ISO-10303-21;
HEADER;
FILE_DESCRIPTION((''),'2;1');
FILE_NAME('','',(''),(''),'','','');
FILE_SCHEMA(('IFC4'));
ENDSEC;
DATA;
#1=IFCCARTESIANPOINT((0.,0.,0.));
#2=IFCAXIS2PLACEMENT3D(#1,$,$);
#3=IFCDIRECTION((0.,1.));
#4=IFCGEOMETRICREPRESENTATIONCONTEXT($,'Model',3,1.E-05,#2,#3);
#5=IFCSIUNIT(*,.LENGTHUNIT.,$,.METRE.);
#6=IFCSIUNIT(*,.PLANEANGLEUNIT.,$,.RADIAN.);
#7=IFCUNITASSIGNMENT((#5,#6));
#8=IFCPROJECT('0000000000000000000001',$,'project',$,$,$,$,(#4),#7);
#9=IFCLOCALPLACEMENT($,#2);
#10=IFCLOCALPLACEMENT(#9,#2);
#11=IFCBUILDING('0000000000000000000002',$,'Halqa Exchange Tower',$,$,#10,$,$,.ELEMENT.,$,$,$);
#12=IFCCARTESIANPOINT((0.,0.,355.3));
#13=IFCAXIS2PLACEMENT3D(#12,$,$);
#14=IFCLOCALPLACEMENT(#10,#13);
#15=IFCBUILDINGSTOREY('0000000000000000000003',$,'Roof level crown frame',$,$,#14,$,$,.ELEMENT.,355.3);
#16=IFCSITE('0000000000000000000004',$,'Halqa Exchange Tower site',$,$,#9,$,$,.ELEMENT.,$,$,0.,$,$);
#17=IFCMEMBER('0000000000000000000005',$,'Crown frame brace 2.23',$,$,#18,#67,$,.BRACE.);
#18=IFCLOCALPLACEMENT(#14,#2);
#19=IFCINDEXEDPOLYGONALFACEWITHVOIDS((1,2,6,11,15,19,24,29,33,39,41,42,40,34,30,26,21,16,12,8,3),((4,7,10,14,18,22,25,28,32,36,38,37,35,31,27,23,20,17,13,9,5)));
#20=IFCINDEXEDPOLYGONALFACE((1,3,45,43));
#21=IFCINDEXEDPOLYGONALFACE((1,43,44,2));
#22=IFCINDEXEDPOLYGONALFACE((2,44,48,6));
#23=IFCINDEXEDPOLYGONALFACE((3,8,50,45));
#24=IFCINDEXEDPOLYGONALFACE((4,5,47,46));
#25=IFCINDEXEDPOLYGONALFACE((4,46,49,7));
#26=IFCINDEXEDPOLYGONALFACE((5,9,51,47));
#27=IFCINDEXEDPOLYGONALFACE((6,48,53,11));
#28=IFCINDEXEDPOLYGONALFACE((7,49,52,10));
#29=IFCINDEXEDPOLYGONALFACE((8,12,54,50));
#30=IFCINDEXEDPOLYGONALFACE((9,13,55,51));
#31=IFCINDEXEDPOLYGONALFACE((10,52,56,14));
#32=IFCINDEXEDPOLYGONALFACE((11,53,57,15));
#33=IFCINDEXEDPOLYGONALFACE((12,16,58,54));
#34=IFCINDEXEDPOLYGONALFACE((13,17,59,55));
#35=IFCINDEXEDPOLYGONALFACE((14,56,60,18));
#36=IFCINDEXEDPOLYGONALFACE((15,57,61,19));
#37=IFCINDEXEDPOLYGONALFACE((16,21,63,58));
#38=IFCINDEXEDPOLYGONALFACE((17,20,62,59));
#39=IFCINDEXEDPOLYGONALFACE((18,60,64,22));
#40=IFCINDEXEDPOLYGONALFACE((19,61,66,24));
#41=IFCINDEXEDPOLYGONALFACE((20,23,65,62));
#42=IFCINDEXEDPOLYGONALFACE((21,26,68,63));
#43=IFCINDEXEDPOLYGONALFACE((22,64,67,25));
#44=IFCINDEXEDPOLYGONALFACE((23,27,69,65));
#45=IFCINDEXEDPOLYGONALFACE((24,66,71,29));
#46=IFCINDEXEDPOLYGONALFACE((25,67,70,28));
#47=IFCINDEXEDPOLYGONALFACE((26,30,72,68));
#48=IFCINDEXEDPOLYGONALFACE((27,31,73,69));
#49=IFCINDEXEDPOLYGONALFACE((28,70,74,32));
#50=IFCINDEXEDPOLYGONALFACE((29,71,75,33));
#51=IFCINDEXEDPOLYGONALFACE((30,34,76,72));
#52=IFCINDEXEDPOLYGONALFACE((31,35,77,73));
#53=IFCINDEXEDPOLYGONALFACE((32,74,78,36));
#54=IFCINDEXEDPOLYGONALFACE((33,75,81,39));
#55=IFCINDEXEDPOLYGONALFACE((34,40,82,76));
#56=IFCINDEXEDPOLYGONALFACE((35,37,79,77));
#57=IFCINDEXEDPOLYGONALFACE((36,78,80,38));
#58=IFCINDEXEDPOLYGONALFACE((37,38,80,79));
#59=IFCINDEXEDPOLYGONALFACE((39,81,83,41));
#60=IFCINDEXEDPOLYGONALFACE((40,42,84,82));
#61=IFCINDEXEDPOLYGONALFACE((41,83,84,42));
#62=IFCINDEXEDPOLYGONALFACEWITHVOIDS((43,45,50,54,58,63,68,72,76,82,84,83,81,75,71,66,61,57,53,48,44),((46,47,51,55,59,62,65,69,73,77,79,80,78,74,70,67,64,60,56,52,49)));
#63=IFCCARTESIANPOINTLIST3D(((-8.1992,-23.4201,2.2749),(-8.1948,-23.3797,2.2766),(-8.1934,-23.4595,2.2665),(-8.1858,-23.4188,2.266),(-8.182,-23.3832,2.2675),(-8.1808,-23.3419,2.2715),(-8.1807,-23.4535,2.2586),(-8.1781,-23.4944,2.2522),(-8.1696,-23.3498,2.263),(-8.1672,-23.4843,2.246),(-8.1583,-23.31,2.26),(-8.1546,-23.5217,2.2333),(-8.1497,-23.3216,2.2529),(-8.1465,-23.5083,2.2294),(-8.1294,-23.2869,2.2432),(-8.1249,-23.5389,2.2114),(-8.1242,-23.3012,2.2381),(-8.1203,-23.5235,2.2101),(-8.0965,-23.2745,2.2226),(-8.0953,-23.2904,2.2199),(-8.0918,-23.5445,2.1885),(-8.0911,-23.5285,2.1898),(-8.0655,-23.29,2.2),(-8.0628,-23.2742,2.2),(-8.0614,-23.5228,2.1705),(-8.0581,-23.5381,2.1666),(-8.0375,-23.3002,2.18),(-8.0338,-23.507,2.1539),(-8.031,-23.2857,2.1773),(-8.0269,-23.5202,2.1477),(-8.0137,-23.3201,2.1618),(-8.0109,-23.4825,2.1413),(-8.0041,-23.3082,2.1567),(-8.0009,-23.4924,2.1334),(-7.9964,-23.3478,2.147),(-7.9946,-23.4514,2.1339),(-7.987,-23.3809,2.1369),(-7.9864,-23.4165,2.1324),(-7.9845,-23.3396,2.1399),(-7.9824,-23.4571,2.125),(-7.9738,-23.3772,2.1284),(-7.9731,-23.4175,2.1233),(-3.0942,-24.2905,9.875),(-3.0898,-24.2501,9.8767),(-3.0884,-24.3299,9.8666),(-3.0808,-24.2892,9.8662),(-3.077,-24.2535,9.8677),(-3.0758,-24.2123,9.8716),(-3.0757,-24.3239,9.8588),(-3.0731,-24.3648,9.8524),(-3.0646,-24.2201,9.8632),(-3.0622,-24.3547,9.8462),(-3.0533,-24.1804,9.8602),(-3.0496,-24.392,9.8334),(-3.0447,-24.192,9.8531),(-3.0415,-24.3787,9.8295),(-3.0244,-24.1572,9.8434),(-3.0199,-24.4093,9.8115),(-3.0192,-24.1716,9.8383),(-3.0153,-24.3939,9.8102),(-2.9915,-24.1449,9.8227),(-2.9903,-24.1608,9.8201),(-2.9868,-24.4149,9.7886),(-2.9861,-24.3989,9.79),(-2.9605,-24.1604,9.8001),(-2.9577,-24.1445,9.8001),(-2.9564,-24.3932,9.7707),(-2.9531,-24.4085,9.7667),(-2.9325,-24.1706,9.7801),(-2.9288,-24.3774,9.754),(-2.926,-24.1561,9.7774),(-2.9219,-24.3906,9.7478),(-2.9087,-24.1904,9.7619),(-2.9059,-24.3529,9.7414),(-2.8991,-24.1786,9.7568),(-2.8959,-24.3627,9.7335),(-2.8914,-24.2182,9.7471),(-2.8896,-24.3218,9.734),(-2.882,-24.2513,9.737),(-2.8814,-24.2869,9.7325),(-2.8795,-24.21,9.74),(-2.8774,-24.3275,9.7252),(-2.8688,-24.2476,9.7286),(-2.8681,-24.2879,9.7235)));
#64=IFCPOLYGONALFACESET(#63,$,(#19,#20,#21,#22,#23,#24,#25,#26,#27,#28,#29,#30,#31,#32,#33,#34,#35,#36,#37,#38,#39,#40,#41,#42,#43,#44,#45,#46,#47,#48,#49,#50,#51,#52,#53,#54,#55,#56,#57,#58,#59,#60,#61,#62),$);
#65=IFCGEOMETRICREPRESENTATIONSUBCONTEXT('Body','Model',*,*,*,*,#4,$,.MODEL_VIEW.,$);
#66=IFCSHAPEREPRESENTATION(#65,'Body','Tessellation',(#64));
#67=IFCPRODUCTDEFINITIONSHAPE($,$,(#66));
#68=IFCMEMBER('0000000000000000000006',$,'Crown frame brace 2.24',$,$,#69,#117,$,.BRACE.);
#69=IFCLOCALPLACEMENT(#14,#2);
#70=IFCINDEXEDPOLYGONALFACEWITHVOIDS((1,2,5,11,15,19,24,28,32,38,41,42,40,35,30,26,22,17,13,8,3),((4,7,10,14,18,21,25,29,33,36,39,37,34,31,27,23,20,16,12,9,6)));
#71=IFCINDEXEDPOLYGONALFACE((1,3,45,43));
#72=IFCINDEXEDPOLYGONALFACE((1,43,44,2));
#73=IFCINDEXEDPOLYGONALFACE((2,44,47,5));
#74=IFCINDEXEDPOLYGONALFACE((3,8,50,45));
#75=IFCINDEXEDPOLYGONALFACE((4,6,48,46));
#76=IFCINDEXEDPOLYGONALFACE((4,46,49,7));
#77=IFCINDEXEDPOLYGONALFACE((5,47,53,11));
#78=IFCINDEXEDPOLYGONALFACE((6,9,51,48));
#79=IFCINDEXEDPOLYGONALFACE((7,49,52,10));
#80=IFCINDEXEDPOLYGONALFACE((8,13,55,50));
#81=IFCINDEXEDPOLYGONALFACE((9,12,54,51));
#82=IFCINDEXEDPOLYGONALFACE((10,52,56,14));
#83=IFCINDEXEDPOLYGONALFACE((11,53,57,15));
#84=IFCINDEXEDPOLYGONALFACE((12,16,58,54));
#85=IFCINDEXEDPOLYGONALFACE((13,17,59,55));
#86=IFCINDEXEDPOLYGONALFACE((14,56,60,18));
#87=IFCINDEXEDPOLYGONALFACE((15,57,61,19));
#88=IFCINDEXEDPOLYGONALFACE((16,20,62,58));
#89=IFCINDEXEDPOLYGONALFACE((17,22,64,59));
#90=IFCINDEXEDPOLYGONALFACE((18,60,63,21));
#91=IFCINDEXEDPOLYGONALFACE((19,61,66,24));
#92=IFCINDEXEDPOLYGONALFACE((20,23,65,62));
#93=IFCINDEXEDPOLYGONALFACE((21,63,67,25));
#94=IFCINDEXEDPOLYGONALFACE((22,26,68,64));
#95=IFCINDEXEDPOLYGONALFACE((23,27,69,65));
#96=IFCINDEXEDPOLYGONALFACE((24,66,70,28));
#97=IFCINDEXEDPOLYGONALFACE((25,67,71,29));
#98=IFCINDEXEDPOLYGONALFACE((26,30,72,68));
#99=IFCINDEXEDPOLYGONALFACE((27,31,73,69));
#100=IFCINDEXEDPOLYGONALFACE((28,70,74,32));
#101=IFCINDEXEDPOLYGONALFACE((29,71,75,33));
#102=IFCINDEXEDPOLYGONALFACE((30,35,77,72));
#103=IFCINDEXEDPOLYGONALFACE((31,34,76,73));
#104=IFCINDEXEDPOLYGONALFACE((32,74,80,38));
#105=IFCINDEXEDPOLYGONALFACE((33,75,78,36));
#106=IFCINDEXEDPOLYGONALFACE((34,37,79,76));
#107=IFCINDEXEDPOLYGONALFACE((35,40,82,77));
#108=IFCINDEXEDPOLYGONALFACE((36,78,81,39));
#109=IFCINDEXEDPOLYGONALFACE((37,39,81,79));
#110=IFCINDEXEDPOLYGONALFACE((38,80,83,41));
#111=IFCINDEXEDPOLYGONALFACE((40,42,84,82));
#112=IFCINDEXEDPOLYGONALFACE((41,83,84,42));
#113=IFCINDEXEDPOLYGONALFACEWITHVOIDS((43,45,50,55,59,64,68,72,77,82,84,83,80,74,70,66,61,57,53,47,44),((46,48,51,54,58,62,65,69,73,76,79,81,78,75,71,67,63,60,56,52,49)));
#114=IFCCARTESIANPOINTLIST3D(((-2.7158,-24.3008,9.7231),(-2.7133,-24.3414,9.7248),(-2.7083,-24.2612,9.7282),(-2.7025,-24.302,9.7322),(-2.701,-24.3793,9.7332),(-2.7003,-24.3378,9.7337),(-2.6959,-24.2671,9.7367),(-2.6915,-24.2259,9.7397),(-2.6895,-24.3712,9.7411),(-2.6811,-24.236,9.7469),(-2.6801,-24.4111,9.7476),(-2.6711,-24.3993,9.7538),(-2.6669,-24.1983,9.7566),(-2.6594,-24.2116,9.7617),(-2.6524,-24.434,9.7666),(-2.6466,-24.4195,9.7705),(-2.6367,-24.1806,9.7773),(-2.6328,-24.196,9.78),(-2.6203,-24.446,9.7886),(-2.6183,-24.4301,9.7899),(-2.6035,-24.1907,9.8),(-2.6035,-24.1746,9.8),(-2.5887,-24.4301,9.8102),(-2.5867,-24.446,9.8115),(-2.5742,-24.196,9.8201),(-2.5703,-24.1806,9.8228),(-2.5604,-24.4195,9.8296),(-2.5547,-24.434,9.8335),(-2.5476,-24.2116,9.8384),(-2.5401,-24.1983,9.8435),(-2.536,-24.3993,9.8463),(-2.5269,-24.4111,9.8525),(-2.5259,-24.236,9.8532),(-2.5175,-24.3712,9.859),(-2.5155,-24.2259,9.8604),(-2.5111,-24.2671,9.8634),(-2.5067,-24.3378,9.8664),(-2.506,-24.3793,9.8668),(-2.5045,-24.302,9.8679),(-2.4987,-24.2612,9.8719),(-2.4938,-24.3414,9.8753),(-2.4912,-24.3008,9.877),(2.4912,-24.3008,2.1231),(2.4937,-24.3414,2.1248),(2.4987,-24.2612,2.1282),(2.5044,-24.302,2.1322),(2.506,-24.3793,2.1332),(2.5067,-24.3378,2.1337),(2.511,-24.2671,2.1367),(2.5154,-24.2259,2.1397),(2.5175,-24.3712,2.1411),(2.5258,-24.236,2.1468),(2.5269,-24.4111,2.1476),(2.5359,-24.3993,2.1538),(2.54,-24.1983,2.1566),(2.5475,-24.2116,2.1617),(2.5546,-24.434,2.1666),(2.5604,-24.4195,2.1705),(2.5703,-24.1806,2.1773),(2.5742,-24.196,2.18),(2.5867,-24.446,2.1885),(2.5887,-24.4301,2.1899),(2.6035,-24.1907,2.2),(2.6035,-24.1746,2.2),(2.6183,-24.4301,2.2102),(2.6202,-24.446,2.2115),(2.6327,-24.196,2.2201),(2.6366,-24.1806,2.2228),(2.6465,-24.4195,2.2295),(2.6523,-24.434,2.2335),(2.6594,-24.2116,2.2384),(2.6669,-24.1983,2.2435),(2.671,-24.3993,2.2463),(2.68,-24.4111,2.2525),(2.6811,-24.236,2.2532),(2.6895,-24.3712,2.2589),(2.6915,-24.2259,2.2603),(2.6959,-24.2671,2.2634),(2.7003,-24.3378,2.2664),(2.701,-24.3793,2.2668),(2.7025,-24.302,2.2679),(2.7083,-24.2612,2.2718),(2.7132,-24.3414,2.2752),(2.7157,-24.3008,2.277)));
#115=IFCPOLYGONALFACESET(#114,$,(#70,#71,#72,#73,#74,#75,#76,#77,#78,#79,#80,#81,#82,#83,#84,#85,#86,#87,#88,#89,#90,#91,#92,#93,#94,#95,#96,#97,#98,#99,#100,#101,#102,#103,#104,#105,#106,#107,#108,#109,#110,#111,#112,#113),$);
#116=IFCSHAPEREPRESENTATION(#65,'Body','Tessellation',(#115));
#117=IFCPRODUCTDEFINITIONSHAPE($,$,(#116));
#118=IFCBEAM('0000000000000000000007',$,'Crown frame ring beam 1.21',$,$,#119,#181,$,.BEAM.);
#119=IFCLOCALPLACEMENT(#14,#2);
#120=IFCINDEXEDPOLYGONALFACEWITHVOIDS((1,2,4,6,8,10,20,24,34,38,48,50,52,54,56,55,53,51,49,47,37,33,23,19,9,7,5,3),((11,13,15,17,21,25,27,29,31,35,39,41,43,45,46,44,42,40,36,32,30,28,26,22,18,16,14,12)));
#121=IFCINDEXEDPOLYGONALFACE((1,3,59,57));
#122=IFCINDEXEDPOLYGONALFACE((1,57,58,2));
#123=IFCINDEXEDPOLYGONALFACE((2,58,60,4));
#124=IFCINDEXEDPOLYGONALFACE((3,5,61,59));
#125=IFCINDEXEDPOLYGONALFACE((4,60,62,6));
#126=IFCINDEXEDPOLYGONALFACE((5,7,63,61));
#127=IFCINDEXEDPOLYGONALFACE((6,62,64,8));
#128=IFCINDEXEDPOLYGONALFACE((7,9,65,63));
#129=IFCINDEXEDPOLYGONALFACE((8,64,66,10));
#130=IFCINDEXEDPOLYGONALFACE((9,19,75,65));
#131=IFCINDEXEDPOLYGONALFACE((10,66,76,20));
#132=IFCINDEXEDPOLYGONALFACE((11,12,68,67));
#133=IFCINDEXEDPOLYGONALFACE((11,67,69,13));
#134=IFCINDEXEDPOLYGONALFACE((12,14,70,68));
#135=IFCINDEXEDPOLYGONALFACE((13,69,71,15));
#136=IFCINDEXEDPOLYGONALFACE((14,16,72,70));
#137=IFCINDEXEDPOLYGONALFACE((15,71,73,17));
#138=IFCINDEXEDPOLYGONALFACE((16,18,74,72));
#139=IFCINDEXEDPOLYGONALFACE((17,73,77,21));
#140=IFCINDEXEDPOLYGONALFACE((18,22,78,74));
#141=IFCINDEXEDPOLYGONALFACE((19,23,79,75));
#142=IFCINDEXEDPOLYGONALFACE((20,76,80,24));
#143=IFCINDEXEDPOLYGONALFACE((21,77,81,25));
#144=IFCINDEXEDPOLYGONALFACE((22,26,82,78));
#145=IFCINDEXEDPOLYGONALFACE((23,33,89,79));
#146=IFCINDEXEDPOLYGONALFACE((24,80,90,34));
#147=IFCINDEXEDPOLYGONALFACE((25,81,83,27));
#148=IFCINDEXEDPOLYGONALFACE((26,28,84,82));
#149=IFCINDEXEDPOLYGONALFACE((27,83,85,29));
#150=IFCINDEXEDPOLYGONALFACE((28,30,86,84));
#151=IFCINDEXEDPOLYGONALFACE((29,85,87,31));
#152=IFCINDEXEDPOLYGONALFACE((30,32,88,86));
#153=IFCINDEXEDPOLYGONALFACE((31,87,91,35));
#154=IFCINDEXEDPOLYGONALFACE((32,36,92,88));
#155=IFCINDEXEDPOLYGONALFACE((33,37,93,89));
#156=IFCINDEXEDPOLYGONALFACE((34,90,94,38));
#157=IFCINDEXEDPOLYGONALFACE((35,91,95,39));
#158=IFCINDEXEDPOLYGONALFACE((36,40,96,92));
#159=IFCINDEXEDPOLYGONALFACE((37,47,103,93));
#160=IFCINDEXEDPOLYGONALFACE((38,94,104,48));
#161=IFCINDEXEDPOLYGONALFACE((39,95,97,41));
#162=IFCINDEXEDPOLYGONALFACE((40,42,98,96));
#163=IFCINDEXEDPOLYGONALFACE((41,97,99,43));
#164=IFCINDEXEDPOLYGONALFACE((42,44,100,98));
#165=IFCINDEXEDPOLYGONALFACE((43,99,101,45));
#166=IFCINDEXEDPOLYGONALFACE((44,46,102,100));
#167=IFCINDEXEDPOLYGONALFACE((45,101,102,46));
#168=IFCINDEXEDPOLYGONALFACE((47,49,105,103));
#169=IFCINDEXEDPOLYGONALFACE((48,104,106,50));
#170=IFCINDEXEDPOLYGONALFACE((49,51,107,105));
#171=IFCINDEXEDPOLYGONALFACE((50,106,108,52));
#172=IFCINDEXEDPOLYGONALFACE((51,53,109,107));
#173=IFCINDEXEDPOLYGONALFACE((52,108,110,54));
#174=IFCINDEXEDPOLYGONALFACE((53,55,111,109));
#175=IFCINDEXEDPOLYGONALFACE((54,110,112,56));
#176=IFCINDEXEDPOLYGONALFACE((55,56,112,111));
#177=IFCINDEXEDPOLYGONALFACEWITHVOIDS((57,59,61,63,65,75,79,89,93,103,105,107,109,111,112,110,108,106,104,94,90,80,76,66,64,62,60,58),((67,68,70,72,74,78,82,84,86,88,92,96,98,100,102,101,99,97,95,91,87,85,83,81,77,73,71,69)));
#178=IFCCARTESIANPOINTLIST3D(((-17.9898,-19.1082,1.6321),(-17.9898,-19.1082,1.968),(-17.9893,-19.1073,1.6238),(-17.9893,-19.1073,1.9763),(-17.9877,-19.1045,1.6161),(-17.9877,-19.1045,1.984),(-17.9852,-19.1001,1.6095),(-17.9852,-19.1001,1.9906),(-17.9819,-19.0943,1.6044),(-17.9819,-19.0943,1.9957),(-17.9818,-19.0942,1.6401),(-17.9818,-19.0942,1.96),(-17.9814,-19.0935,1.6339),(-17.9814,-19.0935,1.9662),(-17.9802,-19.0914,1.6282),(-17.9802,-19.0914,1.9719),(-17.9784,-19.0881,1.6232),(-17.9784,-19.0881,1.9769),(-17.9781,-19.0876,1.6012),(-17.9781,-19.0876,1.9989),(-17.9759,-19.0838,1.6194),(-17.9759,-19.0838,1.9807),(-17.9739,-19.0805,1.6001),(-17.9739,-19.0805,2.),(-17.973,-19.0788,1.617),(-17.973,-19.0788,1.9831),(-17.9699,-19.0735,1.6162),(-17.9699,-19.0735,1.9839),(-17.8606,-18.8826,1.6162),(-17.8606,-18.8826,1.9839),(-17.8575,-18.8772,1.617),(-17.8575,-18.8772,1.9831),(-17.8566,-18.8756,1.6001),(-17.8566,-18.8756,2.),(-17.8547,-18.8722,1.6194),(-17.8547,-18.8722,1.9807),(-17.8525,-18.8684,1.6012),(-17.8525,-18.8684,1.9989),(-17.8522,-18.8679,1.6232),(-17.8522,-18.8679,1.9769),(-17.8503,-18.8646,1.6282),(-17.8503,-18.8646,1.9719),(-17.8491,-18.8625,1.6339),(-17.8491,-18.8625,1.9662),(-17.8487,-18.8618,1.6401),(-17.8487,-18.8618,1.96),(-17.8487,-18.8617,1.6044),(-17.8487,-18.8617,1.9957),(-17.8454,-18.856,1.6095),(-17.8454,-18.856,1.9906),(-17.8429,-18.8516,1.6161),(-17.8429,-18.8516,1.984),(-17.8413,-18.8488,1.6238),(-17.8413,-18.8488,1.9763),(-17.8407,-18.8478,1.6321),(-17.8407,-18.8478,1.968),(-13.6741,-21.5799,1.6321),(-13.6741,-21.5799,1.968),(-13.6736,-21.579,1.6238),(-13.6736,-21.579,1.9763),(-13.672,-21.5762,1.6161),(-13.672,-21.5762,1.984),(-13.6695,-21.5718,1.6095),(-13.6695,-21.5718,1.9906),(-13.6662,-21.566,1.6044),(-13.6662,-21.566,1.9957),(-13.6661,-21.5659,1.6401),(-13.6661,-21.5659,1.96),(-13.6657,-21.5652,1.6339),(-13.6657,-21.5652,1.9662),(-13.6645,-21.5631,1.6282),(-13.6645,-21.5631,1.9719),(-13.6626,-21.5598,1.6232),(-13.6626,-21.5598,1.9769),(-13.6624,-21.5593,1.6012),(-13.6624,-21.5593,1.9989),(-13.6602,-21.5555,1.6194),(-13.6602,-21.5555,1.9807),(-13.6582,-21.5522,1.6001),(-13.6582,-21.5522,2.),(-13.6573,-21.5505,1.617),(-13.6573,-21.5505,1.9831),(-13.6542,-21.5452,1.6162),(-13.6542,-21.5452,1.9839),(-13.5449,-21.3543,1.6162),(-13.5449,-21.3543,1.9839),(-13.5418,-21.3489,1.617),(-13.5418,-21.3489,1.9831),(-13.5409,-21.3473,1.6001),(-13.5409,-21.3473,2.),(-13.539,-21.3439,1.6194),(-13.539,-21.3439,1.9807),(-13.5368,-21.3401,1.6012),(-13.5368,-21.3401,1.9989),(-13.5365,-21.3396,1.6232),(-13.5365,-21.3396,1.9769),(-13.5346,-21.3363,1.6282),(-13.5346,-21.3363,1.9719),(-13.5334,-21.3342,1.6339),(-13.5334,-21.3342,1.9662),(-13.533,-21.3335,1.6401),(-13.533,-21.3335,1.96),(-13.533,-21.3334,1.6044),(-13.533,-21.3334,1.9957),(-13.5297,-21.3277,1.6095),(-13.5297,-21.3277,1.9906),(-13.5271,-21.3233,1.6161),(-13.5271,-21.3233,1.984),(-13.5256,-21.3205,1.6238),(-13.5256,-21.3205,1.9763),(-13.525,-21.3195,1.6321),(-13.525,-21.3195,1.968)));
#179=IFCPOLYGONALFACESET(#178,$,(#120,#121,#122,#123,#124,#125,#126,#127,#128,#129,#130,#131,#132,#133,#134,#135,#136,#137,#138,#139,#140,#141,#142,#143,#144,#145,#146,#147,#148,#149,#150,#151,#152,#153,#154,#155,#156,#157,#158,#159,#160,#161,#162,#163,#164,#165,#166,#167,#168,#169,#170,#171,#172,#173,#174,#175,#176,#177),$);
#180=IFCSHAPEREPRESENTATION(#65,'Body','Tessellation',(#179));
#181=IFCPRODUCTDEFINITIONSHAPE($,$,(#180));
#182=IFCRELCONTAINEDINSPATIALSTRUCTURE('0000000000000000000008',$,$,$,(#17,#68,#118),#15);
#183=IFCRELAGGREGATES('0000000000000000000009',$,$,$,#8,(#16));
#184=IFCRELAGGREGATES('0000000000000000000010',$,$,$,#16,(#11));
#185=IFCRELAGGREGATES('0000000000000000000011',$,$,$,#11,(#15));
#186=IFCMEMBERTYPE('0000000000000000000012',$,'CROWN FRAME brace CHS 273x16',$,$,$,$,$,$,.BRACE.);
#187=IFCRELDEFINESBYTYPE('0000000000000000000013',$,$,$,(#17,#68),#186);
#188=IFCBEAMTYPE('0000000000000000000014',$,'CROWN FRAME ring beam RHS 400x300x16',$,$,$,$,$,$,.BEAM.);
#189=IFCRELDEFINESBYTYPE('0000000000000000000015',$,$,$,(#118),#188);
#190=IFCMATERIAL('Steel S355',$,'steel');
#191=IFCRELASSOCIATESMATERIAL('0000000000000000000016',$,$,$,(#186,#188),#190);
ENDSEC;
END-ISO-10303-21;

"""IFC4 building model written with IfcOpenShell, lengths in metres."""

from ifc_helpers import new_model, si_unit, direction, frame, origin, origin_2d, place, context, subcontext, project, spatial, hollow_rectangle, hollow_circle, extrude, material, material_profile, profile_set, type_object, element, save


model = new_model("IFC4")

# Units and contexts
model_context = context("Model", 3, precision=1e-05, world=origin(), true_north=direction((0.0, 1.0)))
body_context = subcontext(model_context, "Body", "Model", "MODEL_VIEW")
ifc_project = project(units=[si_unit("LENGTHUNIT", "METRE"), si_unit("PLANEANGLEUNIT", "RADIAN")], contexts=[model_context])

# Site, building, storey
site_placement = place(None, origin())
site = spatial("IfcSite", under=ifc_project, at=site_placement, Name="Halqa Exchange Tower site", CompositionType="ELEMENT", RefElevation=0.0)
building_placement = place(site_placement, origin())
building = spatial("IfcBuilding", under=site, at=building_placement, Name="Halqa Exchange Tower", CompositionType="ELEMENT")
storey_placement = place(building_placement, frame((0.0, 0.0, 355.3)))
storey = spatial("IfcBuildingStorey", under=building, at=storey_placement, Name="Roof level crown frame", CompositionType="ELEMENT", Elevation=355.3)

# Shared definitions
ifc_material_1 = material(Name="Steel S355", Category="steel")

# Members
ifc_material_profile_1 = material_profile(ifc_material_1, hollow_circle(Radius=0.1365, WallThickness=0.0161, at=origin_2d()), Name="CHS 273x16")
ifc_profile_set_1 = profile_set([ifc_material_profile_1], Name="Steel S355")
member_type = type_object("IfcMemberType", Name="CROWN FRAME brace CHS 273x16", PredefinedType="BRACE", material=ifc_profile_set_1)
member_1_placement = place(storey_placement, frame((-8.0857, -23.4087, 2.2), z_axis=(0.555086, -0.094638, 0.826391), x_axis=(0.168067, 0.985776, 0.0)))
element("IfcMember", 1, at=member_1_placement, inside=storey, type_object=member_type, Name="Crown frame brace 2.23", PredefinedType="BRACE", context=body_context, shape_type="SweptSolid", body=[
    extrude(hollow_circle(Radius=0.1365, WallThickness=0.0161, at=origin_2d()), origin(), (0.0, 0.0, 1.0), 9.1968),
])
member_2_placement = place(storey_placement, frame((-2.6035, -24.311, 9.8), z_axis=(0.565199, 0.0, -0.824955), x_axis=(0.0, 1.0, 0.0)))
element("IfcMember", 2, at=member_2_placement, inside=storey, type_object=member_type, Name="Crown frame brace 2.24", PredefinedType="BRACE", context=body_context, shape_type="SweptSolid", body=[
    extrude(hollow_circle(Radius=0.1365, WallThickness=0.0161, at=origin_2d()), origin(), (0.0, 0.0, 1.0), 9.2126),
])

# Beam
ifc_material_profile_2 = material_profile(ifc_material_1, hollow_rectangle(XDim=0.3, YDim=0.3999, WallThickness=0.0161, InnerFilletRadius=0.0239, OuterFilletRadius=0.032, at=origin_2d()), Name="RHS 400x300x16")
ifc_profile_set_2 = profile_set([ifc_material_profile_2], Name="Steel S355")
beam_type = type_object("IfcBeamType", Name="CROWN FRAME ring beam RHS 400x300x16", PredefinedType="BEAM", material=ifc_profile_set_2)
beam_1_placement = place(storey_placement, frame((-17.9153, -18.978, 1.8), z_axis=(0.867759, -0.496985, 0.0), x_axis=(0.496985, 0.867759, 0.0)))
element("IfcBeam", 3, at=beam_1_placement, inside=storey, type_object=beam_type, Name="Crown frame ring beam 1.21", PredefinedType="BEAM", context=body_context, shape_type="SweptSolid", body=[
    extrude(hollow_rectangle(XDim=0.3, YDim=0.3999, WallThickness=0.0161, InnerFilletRadius=0.0239, OuterFilletRadius=0.032, at=origin_2d()), origin(), (0.0, 0.0, 1.0), 4.9734),
])

save(model, "model.ifc")
